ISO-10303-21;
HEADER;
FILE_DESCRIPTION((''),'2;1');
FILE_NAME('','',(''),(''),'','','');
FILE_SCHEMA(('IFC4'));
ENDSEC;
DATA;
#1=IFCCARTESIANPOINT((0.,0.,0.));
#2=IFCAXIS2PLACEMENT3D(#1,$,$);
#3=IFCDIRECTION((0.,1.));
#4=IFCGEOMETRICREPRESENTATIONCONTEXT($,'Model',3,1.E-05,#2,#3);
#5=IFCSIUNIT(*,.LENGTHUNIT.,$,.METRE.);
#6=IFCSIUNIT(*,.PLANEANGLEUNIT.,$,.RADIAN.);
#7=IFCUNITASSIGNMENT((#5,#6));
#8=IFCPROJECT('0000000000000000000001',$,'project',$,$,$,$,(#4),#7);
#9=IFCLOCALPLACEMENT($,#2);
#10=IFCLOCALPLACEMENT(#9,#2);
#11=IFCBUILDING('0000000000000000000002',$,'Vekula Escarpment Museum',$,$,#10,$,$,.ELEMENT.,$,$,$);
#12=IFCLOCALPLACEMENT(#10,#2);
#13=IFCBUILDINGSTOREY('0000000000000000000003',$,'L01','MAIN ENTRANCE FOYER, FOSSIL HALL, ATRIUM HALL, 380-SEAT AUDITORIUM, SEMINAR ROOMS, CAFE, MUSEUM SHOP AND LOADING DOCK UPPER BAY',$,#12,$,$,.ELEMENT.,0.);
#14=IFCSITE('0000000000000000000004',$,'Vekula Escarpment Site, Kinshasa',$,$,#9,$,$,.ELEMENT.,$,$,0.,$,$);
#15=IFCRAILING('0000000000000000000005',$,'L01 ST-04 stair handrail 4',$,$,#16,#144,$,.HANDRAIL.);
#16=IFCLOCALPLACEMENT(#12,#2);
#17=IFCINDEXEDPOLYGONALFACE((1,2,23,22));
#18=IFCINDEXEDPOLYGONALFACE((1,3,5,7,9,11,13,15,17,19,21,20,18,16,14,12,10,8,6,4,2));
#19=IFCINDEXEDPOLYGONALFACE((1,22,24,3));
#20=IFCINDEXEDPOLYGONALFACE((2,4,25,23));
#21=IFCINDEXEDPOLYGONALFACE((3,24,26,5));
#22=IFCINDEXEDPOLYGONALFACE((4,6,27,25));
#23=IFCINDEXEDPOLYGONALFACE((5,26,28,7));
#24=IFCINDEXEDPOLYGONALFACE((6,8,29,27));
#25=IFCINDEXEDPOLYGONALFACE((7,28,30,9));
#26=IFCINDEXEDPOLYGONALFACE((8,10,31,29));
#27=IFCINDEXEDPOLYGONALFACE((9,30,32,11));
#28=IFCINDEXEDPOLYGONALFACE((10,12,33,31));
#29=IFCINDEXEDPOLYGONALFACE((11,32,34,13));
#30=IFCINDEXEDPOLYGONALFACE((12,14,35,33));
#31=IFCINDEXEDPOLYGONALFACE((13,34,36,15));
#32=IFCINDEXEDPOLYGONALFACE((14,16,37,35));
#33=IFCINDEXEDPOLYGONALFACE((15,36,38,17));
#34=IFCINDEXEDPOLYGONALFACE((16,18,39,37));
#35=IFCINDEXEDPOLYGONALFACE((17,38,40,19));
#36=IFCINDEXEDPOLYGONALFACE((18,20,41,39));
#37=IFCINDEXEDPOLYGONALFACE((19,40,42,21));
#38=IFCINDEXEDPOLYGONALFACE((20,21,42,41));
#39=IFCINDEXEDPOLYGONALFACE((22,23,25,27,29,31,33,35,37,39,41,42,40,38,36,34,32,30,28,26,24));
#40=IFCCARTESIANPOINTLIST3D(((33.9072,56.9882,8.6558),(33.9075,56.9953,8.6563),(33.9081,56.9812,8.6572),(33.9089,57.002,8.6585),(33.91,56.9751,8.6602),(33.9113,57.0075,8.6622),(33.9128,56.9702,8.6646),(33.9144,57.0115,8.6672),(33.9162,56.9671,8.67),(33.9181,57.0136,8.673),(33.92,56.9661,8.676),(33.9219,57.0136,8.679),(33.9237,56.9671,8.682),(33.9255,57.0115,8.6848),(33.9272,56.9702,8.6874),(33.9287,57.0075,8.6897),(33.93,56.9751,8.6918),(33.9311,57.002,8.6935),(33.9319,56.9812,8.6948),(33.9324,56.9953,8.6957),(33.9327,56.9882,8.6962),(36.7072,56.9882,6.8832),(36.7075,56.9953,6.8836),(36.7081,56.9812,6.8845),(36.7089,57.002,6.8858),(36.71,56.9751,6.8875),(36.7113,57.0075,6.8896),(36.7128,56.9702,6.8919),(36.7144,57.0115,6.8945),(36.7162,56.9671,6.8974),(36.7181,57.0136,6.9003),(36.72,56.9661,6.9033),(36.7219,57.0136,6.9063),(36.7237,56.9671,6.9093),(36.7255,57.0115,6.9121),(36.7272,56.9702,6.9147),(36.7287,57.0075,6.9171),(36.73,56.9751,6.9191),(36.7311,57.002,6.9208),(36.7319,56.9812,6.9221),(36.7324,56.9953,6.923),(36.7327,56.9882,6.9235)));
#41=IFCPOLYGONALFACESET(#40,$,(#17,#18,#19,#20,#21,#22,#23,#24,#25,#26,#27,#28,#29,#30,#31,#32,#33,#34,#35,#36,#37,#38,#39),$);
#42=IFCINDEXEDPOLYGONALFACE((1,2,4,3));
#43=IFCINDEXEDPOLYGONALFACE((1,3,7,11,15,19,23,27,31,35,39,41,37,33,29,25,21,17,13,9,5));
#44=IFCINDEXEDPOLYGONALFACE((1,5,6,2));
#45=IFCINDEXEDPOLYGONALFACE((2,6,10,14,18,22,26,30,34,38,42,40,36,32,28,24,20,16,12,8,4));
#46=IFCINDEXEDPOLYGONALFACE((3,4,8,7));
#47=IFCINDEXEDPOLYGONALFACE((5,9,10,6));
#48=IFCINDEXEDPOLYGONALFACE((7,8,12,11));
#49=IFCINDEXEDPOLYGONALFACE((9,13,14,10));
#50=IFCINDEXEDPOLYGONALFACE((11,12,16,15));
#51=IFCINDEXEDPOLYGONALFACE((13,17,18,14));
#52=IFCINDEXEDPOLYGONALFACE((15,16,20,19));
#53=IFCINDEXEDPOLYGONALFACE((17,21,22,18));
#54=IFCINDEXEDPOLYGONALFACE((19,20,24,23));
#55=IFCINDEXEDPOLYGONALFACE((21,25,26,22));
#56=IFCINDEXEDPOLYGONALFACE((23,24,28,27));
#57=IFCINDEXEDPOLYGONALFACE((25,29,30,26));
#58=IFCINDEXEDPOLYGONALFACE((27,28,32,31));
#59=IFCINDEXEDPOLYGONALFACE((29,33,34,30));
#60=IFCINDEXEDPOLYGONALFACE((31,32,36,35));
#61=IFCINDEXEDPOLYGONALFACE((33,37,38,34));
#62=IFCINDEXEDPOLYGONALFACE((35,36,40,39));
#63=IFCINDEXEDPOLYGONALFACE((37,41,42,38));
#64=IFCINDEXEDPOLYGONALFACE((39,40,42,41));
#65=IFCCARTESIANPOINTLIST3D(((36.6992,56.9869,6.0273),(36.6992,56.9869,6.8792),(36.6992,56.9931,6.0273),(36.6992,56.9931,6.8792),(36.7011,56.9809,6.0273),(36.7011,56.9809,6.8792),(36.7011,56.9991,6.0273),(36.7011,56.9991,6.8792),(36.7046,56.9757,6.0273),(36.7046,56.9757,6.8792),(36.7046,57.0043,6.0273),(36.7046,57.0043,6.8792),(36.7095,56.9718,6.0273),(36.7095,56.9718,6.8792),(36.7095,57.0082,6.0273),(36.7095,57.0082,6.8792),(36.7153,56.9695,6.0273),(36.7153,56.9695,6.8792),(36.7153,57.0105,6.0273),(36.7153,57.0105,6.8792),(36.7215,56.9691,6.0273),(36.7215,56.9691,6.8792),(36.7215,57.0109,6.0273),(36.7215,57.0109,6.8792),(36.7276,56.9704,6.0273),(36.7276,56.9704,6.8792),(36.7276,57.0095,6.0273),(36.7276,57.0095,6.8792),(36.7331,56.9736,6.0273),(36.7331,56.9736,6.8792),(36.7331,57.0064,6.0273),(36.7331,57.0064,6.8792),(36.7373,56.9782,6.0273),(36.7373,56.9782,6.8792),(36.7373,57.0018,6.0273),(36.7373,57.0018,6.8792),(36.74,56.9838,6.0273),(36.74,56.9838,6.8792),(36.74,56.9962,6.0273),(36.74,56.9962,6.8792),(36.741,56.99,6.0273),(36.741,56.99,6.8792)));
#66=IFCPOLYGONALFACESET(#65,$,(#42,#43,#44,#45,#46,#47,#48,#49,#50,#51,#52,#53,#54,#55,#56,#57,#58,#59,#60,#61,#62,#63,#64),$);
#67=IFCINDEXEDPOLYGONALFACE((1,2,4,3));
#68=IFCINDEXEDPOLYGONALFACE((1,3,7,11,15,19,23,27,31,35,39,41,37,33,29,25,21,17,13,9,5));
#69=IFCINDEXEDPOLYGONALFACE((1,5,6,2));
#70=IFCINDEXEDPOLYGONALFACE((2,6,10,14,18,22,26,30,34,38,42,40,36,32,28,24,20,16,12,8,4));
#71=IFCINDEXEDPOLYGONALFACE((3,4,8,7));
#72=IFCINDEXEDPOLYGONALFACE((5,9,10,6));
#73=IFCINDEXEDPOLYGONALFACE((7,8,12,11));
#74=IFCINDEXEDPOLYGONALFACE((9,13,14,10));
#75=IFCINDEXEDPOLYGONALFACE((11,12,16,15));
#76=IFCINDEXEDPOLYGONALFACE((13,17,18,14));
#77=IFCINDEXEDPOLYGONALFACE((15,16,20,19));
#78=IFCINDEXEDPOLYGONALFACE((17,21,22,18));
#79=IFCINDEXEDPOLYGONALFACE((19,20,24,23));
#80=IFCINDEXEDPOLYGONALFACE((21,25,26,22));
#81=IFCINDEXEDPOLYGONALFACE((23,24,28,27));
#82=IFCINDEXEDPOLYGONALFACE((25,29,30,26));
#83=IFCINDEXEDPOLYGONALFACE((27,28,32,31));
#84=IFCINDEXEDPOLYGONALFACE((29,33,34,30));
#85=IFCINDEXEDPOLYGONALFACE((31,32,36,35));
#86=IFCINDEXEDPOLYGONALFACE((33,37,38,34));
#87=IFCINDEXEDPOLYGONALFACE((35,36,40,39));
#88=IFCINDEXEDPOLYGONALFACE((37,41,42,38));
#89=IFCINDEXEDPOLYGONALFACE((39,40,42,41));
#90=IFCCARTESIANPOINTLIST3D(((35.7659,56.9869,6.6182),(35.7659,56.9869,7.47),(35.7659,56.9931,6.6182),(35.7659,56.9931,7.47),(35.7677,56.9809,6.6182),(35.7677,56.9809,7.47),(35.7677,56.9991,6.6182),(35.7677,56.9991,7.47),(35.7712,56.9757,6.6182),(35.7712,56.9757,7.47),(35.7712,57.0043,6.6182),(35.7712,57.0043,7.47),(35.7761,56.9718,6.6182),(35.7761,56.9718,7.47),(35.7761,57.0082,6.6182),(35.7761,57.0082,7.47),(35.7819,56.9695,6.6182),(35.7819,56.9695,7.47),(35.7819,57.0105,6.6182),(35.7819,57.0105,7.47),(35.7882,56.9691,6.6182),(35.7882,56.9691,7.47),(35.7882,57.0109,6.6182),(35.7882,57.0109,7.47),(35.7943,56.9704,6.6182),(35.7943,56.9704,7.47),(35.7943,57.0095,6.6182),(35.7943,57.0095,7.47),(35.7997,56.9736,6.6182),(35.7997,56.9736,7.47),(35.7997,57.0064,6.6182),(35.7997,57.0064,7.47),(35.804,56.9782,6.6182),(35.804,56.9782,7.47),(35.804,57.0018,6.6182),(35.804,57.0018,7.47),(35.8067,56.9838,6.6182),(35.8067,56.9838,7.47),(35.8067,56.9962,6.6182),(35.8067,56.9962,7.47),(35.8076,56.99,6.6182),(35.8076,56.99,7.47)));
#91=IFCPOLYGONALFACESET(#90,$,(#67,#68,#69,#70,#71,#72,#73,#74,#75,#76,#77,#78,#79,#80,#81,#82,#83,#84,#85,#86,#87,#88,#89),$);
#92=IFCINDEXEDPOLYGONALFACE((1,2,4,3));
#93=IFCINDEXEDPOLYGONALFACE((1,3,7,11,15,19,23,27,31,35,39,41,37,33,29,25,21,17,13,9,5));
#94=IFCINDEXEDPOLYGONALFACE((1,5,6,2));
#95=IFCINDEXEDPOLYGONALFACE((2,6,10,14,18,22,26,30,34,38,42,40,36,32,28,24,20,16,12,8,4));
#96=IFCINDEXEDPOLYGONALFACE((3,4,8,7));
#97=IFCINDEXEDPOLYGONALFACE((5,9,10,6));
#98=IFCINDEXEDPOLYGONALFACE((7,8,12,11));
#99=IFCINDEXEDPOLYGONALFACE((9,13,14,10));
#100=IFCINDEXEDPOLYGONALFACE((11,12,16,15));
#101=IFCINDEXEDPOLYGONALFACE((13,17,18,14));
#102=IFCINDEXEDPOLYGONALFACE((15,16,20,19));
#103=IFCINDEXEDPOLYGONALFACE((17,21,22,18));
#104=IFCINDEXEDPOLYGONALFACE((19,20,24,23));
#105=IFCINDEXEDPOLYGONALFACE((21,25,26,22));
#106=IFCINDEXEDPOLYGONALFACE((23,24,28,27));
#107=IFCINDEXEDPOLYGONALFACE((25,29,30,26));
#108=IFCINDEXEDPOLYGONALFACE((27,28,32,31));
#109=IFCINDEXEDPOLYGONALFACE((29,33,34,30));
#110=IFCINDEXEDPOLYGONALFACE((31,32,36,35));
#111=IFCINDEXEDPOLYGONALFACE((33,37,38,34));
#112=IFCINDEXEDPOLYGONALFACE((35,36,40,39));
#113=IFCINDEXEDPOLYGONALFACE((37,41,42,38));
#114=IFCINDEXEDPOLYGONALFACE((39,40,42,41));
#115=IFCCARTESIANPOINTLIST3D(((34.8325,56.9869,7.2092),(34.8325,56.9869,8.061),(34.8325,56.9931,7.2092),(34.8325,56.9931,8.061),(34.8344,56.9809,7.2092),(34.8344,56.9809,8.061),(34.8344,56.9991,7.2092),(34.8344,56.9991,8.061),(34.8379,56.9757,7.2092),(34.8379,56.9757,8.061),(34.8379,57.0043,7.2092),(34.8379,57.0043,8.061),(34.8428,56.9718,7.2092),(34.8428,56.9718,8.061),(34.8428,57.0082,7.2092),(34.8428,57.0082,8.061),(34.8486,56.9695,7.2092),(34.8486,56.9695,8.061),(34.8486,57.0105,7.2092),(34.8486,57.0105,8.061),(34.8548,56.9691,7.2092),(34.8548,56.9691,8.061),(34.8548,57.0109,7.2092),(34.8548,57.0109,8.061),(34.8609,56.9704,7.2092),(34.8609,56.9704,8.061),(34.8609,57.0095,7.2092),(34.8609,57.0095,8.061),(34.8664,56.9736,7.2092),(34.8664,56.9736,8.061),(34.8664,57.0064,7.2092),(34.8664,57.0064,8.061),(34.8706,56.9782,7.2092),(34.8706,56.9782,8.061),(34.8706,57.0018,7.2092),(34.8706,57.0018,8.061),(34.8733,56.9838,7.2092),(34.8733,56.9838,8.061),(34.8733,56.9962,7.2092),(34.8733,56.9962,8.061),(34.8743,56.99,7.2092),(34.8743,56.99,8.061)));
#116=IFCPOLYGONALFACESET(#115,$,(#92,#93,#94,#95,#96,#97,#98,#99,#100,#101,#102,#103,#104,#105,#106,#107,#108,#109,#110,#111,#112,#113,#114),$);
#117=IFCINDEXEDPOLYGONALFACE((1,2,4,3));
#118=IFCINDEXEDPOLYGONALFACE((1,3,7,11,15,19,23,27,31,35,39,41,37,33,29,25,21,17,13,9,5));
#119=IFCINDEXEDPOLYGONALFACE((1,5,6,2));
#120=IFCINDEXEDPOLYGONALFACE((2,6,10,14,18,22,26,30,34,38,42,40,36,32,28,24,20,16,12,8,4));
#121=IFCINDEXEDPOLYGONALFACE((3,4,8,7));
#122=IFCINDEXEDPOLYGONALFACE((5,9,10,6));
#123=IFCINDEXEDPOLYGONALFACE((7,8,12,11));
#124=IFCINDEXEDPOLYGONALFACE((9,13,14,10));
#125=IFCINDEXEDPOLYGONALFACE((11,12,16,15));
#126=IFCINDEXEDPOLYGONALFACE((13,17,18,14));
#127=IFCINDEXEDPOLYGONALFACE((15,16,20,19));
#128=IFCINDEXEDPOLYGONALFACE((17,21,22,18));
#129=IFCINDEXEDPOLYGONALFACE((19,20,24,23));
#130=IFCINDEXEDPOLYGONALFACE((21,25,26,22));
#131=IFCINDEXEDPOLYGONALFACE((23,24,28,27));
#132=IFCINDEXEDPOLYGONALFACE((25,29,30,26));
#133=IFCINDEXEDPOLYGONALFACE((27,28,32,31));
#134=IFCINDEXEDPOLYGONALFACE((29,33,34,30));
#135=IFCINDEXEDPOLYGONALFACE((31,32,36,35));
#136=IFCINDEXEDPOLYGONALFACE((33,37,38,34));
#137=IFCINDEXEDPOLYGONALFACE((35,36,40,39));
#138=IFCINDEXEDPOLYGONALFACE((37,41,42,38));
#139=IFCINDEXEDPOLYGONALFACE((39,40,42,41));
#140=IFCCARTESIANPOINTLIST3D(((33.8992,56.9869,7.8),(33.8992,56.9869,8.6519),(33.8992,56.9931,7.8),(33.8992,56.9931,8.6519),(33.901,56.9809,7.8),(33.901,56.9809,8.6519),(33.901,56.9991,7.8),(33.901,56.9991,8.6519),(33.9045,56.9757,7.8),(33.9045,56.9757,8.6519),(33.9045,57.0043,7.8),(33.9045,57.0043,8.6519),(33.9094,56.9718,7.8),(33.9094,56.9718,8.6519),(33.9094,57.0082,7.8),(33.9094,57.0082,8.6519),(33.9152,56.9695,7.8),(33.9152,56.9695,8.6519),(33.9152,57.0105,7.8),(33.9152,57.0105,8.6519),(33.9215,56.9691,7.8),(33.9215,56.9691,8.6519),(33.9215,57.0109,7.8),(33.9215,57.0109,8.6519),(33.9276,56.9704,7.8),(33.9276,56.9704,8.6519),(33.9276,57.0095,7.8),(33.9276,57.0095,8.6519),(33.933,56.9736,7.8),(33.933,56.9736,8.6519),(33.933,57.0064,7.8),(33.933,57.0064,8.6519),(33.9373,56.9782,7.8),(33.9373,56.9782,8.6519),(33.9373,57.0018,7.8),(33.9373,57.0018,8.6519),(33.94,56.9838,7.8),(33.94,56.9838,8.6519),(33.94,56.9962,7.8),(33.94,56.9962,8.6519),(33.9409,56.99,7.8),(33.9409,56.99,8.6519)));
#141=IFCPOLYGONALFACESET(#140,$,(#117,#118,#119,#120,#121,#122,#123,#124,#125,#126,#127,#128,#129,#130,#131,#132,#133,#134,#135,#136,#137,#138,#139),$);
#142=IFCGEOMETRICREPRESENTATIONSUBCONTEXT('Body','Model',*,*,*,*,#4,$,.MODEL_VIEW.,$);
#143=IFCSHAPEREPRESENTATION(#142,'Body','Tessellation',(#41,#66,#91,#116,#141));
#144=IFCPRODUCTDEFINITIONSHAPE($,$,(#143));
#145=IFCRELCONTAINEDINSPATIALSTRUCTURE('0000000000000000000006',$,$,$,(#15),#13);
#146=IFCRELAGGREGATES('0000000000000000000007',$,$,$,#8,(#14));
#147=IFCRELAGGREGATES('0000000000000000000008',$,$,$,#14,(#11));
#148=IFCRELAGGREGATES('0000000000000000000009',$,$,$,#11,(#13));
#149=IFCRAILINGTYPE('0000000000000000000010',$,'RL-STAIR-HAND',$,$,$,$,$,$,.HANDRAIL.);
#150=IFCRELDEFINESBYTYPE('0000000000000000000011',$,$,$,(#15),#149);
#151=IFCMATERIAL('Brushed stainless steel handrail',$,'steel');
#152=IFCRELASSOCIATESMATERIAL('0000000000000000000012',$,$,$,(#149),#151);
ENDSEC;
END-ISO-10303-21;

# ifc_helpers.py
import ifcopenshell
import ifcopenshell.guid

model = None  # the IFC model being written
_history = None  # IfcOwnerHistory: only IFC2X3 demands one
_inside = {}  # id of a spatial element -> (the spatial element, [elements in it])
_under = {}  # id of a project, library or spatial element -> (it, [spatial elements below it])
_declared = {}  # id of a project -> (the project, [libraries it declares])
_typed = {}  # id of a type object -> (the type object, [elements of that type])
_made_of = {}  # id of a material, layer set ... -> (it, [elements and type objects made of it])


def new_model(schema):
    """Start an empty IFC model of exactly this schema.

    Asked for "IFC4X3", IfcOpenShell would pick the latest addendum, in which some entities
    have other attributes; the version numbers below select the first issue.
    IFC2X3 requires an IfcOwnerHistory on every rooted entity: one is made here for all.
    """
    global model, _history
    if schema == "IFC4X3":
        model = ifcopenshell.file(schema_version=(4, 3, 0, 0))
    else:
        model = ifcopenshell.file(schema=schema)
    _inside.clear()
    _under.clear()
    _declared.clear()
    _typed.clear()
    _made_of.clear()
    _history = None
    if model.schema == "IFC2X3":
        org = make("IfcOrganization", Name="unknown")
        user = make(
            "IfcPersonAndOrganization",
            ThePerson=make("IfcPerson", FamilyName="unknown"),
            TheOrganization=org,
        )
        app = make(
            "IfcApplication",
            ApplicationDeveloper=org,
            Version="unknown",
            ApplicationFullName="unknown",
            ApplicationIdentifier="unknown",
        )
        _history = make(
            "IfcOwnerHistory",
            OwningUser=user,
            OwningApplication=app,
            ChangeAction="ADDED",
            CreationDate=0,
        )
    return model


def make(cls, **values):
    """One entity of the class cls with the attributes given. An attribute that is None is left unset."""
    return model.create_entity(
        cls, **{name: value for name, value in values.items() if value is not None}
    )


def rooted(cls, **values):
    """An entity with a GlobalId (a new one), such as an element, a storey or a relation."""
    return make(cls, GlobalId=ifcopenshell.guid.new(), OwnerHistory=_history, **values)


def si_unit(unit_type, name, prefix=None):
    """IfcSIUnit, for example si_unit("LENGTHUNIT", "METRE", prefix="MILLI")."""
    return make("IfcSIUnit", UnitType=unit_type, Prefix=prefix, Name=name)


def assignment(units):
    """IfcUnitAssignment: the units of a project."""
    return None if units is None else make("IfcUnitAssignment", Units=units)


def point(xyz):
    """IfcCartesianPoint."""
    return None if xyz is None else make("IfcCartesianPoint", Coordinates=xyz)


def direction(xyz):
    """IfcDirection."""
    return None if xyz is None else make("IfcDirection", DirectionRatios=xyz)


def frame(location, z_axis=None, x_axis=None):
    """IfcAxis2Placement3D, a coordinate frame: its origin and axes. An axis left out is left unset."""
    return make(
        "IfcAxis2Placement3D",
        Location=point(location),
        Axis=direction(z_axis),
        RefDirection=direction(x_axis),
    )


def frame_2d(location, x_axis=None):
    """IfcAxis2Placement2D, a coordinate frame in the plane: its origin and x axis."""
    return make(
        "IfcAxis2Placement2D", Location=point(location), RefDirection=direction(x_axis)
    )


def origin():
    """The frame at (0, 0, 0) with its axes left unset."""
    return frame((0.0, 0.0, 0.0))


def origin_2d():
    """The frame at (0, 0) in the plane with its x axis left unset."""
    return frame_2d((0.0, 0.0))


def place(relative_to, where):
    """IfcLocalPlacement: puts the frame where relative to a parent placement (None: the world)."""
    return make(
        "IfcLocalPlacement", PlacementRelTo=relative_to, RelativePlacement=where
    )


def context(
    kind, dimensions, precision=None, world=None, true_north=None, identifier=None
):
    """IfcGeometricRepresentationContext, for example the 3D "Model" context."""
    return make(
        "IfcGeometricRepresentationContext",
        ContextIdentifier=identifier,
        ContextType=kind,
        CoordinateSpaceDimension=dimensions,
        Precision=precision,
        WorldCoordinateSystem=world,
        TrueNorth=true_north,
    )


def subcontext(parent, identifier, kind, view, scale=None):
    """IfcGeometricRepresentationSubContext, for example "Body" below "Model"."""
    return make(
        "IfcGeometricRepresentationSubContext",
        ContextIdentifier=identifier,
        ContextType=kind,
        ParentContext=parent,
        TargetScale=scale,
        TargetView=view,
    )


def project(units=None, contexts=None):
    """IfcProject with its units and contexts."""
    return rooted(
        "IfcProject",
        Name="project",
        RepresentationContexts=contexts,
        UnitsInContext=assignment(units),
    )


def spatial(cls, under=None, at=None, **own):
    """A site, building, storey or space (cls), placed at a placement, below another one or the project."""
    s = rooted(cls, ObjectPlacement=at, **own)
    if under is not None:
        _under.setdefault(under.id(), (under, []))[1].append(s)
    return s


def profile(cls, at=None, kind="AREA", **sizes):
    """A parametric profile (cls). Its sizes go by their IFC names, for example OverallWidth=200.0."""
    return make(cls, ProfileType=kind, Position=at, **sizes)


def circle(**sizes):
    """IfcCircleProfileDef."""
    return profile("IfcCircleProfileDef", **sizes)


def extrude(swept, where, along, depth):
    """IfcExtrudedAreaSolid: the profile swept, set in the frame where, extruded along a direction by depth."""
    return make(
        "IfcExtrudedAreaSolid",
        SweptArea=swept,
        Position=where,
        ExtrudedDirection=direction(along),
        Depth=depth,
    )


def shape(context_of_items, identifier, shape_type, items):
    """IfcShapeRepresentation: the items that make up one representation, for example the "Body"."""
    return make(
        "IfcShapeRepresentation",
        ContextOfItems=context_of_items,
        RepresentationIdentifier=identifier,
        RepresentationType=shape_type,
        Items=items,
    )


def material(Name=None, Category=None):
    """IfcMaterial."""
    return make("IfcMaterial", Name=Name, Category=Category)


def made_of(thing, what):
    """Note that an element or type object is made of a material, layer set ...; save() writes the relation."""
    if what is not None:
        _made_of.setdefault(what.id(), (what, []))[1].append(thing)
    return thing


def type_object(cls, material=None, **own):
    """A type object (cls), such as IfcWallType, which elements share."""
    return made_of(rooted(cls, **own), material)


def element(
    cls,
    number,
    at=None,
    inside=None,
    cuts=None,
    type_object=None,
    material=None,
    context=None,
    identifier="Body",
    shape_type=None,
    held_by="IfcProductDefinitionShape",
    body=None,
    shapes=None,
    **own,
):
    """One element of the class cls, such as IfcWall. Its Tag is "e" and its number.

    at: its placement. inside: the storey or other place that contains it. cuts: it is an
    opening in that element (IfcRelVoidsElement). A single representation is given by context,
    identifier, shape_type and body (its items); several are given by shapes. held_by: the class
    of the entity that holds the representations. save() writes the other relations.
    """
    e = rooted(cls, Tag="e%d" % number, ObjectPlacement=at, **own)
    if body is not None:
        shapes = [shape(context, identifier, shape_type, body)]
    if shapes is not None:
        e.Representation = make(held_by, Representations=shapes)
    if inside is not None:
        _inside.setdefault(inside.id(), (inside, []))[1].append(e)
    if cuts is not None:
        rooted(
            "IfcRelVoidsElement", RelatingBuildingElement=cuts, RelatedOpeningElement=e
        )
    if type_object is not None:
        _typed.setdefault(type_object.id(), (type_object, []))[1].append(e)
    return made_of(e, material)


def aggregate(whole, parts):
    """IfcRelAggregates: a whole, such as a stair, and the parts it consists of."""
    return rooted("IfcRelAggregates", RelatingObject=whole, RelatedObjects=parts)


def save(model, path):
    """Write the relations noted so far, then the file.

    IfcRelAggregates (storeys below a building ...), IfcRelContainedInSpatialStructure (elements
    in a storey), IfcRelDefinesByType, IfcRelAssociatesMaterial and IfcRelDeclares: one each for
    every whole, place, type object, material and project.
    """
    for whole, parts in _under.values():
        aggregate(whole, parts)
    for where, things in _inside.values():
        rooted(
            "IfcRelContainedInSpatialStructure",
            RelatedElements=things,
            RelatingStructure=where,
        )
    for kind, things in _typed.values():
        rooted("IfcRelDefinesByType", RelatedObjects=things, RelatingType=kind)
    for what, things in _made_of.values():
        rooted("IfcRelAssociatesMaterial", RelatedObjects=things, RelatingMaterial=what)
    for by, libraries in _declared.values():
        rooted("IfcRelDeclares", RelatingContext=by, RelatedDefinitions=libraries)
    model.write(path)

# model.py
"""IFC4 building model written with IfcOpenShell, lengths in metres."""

from ifc_helpers import new_model, si_unit, direction, frame, origin, origin_2d, place, context, subcontext, project, spatial, circle, extrude, material, type_object, element, save


model = new_model("IFC4")

# Units and contexts
model_context = context("Model", 3, precision=1e-05, world=origin(), true_north=direction((0.0, 1.0)))
body_context = subcontext(model_context, "Body", "Model", "MODEL_VIEW")
ifc_project = project(units=[si_unit("LENGTHUNIT", "METRE"), si_unit("PLANEANGLEUNIT", "RADIAN")], contexts=[model_context])

# Site, building, storey
site_placement = place(None, origin())
site = spatial("IfcSite", under=ifc_project, at=site_placement, Name="Vekula Escarpment Site, Kinshasa", CompositionType="ELEMENT", RefElevation=0.0)
building_placement = place(site_placement, origin())
building = spatial("IfcBuilding", under=site, at=building_placement, Name="Vekula Escarpment Museum", CompositionType="ELEMENT")
storey_placement = place(building_placement, origin())
storey = spatial("IfcBuildingStorey", under=building, at=storey_placement, Name="L01", Description="MAIN ENTRANCE FOYER, FOSSIL HALL, ATRIUM HALL, 380-SEAT AUDITORIUM, SEMINAR ROOMS, CAFE, MUSEUM SHOP AND LOADING DOCK UPPER BAY", CompositionType="ELEMENT", Elevation=0.0)

# Railing
ifc_material_1 = material(Name="Brushed stainless steel handrail", Category="steel")
railing_type_1 = type_object("IfcRailingType", Name="RL-STAIR-HAND", PredefinedType="HANDRAIL", material=ifc_material_1)
railing_1_placement = place(storey_placement, frame((36.72, 56.99, 6.0273)))
element("IfcRailing", 1, at=railing_1_placement, inside=storey, type_object=railing_type_1, Name="L01 ST-04 stair handrail 4", PredefinedType="HANDRAIL", context=body_context, shape_type="SweptSolid", body=[
    extrude(circle(Radius=0.0239, at=origin_2d()), frame((0.0, 0.0, 0.876), z_axis=(-0.844909, 0.0, 0.53491), x_axis=(0.0, -1.0, 0.0)), (0.0, 0.0, 1.0), 3.314),
    extrude(circle(Radius=0.021, at=origin_2d()), origin(), (0.0, 0.0, 1.0), 0.8518),
    extrude(circle(Radius=0.021, at=origin_2d()), frame((-0.9333, 0.0, 0.5908)), (0.0, 0.0, 1.0), 0.8518),
    extrude(circle(Radius=0.021, at=origin_2d()), frame((-1.8667, 0.0, 1.1819)), (0.0, 0.0, 1.0), 0.8518),
    extrude(circle(Radius=0.021, at=origin_2d()), frame((-2.8, 0.0, 1.7727)), (0.0, 0.0, 1.0), 0.8518),
])

save(model, "model.ifc")
